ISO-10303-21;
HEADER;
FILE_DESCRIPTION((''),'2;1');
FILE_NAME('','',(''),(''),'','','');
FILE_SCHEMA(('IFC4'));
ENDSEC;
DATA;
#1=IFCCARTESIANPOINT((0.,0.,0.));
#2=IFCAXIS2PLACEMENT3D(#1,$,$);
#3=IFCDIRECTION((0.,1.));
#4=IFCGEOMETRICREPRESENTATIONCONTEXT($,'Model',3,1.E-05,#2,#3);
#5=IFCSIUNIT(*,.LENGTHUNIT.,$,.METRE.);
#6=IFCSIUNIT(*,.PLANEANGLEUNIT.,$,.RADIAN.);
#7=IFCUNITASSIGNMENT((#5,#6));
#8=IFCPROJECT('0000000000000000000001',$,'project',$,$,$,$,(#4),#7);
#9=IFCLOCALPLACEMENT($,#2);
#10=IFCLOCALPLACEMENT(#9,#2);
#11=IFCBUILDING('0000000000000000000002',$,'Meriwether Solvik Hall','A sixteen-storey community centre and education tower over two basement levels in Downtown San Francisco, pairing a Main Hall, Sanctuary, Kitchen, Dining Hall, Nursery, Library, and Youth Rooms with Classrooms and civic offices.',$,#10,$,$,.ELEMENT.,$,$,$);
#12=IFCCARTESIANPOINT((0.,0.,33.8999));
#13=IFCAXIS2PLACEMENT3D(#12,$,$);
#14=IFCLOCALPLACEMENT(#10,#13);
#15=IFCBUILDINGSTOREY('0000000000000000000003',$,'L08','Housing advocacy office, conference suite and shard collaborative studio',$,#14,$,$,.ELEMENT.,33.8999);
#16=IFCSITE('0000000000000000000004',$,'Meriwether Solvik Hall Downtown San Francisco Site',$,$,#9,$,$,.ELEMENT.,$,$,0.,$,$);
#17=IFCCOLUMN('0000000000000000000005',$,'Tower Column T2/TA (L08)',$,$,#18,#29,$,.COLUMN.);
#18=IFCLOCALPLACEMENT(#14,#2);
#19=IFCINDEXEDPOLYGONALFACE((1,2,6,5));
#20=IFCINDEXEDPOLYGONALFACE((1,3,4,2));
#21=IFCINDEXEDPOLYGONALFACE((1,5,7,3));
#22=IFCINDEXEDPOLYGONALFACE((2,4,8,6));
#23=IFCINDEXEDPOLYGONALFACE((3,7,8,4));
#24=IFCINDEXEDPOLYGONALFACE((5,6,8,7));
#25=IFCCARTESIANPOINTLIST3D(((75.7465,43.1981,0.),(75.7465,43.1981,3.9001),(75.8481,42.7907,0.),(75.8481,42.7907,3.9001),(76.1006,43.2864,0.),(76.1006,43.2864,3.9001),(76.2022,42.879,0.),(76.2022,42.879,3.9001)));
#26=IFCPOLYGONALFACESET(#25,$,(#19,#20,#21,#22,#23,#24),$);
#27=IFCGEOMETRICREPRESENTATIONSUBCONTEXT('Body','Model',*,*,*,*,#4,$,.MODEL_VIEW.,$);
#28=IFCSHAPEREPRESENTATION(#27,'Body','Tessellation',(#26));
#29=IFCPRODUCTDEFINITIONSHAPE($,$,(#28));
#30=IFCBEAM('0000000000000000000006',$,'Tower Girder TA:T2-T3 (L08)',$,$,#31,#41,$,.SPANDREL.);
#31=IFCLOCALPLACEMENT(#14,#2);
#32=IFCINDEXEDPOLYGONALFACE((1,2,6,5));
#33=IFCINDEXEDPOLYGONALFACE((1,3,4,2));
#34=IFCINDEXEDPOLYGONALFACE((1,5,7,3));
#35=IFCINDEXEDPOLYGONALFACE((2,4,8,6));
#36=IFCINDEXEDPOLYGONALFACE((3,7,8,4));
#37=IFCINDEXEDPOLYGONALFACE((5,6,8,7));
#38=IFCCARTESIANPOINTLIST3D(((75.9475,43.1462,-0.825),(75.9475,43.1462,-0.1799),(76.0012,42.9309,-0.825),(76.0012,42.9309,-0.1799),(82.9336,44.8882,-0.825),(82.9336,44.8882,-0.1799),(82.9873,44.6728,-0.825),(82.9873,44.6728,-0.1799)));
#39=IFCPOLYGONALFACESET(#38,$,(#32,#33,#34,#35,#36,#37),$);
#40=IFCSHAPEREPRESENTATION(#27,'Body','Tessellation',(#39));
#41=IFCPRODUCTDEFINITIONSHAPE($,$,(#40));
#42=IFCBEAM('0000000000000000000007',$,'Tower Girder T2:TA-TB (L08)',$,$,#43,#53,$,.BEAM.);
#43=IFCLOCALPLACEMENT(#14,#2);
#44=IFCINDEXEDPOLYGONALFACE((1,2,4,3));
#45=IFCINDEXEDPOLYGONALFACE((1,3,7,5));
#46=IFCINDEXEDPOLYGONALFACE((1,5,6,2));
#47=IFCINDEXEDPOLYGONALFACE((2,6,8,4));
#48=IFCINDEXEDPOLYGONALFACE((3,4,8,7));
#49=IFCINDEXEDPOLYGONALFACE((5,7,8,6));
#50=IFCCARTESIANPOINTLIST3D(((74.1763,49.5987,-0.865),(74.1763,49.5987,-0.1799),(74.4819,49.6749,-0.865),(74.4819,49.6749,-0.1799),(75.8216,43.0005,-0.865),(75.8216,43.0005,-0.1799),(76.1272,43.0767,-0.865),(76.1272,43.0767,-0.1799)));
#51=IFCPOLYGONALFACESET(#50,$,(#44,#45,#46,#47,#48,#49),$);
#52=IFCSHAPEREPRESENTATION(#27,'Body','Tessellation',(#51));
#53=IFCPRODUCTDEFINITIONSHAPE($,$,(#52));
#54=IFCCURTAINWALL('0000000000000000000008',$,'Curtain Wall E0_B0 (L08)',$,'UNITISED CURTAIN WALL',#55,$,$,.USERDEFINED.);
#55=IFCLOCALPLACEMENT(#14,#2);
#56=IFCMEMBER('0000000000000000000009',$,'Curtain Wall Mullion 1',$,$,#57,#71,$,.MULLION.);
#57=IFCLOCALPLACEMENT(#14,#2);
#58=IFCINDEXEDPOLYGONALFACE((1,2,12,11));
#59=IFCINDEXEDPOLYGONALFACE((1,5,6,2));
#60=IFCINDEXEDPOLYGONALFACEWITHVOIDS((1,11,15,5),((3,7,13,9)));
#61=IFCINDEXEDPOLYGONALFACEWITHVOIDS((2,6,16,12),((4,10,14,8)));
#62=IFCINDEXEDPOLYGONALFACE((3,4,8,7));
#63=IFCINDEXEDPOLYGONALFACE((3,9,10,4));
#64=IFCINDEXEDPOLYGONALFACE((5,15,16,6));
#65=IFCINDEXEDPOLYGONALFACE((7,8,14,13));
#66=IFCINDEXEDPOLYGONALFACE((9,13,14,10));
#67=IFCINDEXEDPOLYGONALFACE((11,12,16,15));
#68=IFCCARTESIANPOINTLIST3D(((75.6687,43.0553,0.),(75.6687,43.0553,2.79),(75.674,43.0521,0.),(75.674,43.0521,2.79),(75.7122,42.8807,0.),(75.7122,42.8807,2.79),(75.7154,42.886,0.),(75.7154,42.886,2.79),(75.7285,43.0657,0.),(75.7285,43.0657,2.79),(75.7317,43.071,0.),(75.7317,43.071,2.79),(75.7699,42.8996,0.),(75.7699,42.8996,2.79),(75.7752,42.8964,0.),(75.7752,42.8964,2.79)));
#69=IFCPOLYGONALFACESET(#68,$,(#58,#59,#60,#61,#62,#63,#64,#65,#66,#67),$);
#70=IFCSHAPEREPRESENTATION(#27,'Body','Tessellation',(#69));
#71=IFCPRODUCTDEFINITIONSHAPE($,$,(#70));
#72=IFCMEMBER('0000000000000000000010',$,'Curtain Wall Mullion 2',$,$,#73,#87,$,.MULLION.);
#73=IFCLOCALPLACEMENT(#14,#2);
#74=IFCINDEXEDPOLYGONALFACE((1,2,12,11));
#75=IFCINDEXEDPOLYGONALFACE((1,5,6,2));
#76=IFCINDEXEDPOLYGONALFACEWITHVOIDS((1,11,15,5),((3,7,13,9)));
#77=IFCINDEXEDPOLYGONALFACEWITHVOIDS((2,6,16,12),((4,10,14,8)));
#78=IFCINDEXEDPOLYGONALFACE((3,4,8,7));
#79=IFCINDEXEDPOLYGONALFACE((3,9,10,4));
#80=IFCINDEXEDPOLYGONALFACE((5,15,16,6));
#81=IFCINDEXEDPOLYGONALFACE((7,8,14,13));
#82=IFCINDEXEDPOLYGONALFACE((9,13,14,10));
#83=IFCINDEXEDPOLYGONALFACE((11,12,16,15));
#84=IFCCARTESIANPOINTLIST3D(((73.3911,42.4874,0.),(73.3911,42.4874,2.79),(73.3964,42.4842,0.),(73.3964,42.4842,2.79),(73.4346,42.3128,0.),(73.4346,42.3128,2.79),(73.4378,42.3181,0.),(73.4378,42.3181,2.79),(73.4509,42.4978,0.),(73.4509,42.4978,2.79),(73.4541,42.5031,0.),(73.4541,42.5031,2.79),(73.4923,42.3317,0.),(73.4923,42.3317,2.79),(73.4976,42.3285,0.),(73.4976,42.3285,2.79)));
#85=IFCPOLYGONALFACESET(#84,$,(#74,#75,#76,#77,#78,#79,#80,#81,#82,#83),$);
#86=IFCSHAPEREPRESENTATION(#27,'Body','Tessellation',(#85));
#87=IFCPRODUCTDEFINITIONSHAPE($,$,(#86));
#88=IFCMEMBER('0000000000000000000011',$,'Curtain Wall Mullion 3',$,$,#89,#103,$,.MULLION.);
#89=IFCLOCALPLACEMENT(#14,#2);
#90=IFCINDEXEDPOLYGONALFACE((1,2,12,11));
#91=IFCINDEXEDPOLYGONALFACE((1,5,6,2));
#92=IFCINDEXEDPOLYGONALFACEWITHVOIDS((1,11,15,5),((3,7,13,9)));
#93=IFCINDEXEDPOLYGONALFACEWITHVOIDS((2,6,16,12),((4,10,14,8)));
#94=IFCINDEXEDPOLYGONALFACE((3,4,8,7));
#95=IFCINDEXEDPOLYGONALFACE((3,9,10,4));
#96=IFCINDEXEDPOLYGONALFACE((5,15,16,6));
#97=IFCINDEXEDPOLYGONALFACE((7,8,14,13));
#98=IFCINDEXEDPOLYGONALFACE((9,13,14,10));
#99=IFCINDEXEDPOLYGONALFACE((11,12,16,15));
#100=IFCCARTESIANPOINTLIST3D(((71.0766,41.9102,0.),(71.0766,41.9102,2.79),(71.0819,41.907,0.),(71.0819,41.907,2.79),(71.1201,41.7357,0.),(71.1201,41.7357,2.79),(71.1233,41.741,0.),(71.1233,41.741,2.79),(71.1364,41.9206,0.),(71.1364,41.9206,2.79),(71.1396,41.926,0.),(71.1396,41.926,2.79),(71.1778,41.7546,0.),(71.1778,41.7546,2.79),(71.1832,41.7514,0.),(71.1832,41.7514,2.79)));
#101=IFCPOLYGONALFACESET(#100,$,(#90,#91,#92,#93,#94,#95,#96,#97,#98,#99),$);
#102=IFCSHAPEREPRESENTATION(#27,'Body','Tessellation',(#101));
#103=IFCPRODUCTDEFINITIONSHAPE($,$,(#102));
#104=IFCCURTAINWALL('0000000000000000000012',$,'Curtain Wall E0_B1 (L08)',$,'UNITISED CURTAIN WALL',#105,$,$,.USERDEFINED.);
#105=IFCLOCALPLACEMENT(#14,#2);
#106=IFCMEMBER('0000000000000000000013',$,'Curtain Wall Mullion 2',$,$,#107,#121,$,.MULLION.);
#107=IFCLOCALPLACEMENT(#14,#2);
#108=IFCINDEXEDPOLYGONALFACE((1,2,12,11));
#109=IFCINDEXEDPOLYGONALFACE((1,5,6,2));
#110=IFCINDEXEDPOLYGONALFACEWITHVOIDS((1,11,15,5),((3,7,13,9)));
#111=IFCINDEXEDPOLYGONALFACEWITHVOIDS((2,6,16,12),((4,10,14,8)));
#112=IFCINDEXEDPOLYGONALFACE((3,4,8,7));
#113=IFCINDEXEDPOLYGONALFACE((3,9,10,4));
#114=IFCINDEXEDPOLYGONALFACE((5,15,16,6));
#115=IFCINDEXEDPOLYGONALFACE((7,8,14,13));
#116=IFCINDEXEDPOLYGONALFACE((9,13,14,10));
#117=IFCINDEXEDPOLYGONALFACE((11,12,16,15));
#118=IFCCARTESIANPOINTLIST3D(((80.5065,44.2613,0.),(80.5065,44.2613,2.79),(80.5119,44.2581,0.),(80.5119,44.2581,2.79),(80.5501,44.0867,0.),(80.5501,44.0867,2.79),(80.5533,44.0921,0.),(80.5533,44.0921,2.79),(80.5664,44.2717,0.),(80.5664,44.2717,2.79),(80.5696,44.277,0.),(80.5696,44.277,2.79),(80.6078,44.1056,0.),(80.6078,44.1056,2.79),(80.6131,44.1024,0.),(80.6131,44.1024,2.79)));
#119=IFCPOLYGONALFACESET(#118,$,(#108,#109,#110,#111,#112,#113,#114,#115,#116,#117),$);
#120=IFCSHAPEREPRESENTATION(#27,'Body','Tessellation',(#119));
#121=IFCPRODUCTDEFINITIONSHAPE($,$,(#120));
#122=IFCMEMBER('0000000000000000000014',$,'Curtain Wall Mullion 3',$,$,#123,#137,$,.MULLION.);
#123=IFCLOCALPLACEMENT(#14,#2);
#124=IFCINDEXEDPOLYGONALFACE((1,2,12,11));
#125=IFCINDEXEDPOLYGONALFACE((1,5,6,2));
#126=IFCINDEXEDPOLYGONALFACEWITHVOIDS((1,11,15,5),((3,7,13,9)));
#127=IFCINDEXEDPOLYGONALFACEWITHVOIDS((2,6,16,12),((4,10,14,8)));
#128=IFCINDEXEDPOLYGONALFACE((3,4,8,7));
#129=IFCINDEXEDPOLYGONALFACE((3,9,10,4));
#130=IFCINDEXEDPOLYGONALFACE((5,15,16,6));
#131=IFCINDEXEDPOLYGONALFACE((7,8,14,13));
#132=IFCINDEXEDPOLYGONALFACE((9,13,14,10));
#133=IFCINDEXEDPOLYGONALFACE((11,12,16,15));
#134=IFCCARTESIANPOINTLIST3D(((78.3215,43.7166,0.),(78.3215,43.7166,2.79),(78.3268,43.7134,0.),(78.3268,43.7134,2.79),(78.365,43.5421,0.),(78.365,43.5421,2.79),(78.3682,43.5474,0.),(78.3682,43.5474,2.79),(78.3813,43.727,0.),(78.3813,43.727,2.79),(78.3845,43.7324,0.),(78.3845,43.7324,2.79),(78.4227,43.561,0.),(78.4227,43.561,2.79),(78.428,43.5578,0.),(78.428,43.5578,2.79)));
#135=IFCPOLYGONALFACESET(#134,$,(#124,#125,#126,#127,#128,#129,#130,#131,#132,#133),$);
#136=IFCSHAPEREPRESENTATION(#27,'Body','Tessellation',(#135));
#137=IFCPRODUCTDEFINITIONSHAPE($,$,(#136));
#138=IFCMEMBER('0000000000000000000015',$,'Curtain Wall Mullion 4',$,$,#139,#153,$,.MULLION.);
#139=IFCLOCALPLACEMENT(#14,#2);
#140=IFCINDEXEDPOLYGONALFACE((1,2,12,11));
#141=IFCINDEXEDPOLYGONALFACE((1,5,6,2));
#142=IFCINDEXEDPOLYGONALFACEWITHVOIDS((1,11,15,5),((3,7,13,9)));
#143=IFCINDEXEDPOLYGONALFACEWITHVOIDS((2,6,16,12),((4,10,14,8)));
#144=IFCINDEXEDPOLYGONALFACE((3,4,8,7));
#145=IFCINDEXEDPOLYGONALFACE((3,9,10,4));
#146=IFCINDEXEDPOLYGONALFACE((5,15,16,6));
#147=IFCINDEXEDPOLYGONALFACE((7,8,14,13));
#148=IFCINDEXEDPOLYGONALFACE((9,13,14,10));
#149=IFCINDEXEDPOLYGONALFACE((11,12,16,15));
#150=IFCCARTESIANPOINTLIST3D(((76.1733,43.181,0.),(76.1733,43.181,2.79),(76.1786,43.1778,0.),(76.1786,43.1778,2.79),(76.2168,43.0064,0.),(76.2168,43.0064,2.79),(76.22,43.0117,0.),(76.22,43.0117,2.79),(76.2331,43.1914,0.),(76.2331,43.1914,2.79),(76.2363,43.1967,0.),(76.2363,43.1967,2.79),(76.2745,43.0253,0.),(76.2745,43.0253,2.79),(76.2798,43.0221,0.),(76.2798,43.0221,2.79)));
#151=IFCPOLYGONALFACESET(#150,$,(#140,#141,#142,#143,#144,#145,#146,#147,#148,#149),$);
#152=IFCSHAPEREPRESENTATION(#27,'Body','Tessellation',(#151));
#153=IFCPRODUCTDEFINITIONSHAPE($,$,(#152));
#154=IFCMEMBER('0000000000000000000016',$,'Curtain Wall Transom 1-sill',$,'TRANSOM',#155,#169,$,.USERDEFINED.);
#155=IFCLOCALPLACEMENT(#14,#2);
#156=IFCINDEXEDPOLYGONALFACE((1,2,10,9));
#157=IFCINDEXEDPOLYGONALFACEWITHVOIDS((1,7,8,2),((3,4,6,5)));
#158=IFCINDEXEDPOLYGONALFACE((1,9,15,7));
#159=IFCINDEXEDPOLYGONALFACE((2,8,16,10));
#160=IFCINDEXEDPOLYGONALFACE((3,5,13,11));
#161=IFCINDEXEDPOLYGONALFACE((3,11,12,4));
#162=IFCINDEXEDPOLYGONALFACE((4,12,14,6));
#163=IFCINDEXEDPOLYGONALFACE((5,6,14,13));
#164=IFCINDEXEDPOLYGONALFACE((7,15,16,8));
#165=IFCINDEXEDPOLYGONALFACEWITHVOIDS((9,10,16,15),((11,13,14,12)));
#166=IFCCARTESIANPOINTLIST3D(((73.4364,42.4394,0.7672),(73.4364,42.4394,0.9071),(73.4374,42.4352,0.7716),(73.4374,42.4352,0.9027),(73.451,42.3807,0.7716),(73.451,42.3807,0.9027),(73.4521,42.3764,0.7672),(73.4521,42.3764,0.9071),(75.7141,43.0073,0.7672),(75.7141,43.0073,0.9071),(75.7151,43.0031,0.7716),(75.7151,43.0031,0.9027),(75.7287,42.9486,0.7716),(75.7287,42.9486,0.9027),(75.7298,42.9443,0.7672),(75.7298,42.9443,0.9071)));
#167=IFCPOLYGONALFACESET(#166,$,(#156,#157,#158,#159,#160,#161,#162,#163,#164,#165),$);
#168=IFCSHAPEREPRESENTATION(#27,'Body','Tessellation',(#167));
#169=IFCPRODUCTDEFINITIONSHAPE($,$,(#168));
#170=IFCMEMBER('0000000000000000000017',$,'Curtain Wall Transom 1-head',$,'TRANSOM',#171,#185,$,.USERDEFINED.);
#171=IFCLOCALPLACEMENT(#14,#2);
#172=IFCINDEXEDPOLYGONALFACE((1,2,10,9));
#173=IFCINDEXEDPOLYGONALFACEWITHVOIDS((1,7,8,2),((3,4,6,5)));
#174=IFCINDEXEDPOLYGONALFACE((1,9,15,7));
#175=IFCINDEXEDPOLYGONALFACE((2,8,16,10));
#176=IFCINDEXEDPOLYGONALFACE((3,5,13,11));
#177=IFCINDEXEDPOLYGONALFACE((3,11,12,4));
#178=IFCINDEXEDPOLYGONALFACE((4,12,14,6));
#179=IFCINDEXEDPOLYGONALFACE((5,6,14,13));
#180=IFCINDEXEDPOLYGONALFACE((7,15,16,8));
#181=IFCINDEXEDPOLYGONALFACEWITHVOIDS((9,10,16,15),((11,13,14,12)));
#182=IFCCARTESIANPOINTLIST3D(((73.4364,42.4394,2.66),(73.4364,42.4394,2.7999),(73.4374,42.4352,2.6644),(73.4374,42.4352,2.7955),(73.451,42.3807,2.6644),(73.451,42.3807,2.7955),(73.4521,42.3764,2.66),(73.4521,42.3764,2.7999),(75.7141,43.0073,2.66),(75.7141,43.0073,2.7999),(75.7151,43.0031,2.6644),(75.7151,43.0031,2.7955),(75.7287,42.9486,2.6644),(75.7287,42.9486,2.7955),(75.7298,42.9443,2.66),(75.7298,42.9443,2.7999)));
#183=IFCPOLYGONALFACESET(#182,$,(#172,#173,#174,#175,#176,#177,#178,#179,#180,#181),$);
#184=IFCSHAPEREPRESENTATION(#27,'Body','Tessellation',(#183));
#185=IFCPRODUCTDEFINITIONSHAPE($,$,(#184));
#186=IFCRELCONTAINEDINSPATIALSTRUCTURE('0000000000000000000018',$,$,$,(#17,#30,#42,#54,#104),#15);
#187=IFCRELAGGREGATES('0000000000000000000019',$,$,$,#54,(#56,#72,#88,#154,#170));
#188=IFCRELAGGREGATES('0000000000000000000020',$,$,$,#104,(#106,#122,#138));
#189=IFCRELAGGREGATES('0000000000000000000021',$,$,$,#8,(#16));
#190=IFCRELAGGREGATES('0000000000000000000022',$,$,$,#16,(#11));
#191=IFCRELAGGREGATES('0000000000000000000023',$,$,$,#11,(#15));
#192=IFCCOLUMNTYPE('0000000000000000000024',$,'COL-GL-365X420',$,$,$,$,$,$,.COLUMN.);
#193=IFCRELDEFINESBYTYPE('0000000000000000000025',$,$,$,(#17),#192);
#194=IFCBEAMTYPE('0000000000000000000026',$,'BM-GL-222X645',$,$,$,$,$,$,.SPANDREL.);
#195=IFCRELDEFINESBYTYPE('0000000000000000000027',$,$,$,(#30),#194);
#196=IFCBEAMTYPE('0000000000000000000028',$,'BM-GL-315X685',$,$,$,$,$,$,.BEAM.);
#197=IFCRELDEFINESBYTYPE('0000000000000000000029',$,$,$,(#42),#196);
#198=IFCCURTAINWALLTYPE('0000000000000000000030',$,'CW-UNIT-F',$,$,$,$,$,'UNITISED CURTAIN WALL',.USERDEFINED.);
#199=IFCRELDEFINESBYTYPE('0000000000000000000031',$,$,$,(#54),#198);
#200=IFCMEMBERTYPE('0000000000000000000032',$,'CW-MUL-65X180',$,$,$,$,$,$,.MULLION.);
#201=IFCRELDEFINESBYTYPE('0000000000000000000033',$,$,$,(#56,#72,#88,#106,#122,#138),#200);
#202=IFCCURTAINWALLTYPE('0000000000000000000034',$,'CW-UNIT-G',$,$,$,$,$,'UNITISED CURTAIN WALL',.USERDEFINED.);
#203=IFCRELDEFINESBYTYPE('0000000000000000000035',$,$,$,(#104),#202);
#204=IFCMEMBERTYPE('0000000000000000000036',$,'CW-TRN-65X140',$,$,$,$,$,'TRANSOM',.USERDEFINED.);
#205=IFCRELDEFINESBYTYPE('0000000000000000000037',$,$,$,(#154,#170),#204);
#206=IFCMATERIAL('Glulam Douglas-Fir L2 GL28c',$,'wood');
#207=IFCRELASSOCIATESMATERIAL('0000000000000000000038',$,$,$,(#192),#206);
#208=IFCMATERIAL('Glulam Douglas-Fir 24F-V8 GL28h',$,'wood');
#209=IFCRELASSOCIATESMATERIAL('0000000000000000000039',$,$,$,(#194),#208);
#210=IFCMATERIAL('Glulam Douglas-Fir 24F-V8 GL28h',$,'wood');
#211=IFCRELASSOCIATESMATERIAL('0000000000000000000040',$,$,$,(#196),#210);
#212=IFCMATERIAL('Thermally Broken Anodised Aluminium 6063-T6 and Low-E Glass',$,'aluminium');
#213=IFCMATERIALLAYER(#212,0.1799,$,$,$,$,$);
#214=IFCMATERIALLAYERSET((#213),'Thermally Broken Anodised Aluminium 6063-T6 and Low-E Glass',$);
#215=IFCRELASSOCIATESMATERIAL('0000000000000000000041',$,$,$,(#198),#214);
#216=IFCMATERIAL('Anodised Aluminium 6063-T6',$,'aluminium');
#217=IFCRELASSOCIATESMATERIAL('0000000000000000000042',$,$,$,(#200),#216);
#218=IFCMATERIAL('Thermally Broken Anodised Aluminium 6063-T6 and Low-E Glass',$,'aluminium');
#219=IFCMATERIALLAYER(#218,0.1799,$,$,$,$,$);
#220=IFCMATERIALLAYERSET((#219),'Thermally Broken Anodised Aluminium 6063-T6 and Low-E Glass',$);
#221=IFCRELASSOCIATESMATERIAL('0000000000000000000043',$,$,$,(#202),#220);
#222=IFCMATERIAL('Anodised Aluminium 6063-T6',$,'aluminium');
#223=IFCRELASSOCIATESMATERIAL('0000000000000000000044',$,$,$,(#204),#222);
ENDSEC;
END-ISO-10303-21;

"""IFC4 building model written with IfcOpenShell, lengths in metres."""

from ifc_helpers import new_model, si_unit, direction, frame, origin, origin_2d, place, context, subcontext, project, spatial, rectangle, hollow_rectangle, extrude, material, layer, layer_set, material_profile, profile_set, type_object, element, aggregate, save


model = new_model("IFC4")

# Units and contexts
model_context = context("Model", 3, precision=1e-05, world=origin(), true_north=direction((0.0, 1.0)))
body_context = subcontext(model_context, "Body", "Model", "MODEL_VIEW")
ifc_project = project(units=[si_unit("LENGTHUNIT", "METRE"), si_unit("PLANEANGLEUNIT", "RADIAN")], contexts=[model_context])

# Site, building, storey
site_placement = place(None, origin())
site = spatial("IfcSite", under=ifc_project, at=site_placement, Name="Meriwether Solvik Hall Downtown San Francisco Site", CompositionType="ELEMENT", RefElevation=0.0)
building_placement = place(site_placement, origin())
building = spatial("IfcBuilding", under=site, at=building_placement, Name="Meriwether Solvik Hall", Description="A sixteen-storey community centre and education tower over two basement levels in Downtown San Francisco, pairing a Main Hall, Sanctuary, Kitchen, Dining Hall, Nursery, Library, and Youth Rooms with Classrooms and civic offices.", CompositionType="ELEMENT")
storey_placement = place(building_placement, frame((0.0, 0.0, 33.8999)))
storey = spatial("IfcBuildingStorey", under=building, at=storey_placement, Name="L08", Description="Housing advocacy office, conference suite and shard collaborative studio", CompositionType="ELEMENT", Elevation=33.8999)

# Column
ifc_material_1 = material(Name="Glulam Douglas-Fir L2 GL28c", Category="wood")
ifc_material_profile_1 = material_profile(ifc_material_1, rectangle(XDim=0.365, YDim=0.4199, at=origin_2d()), Name="GLC-365X420")
ifc_profile_set_1 = profile_set([ifc_material_profile_1], Name="Glulam Douglas-Fir L2 GL28c")
column_type = type_object("IfcColumnType", Name="COL-GL-365X420", PredefinedType="COLUMN", material=ifc_profile_set_1)
column_placement = place(storey_placement, frame((75.9744, 43.0386, 0.0), z_axis=(0.0, 0.0, 1.0), x_axis=(0.970296, 0.241922, 0.0)))
element("IfcColumn", 1, at=column_placement, inside=storey, type_object=column_type, Name="Tower Column T2/TA (L08)", PredefinedType="COLUMN", context=body_context, shape_type="SweptSolid", body=[
    extrude(rectangle(XDim=0.365, YDim=0.4199, at=origin_2d()), origin(), (0.0, 0.0, 1.0), 3.9001),
])

# Beams
ifc_material_2 = material(Name="Glulam Douglas-Fir 24F-V8 GL28h", Category="wood")
ifc_material_profile_2 = material_profile(ifc_material_2, rectangle(XDim=0.2219, YDim=0.645, at=origin_2d()), Name="GLB-222X645")
ifc_profile_set_2 = profile_set([ifc_material_profile_2], Name="Glulam Douglas-Fir 24F-V8 GL28h")
beam_type_1 = type_object("IfcBeamType", Name="BM-GL-222X645", PredefinedType="SPANDREL", material=ifc_profile_set_2)
beam_1_placement = place(storey_placement, frame((75.9744, 43.0386, -0.5024), z_axis=(0.970292, 0.241937, 0.0), x_axis=(-0.241937, 0.970292, 0.0)))
element("IfcBeam", 2, at=beam_1_placement, inside=storey, type_object=beam_type_1, Name="Tower Girder TA:T2-T3 (L08)", PredefinedType="SPANDREL", context=body_context, shape_type="SweptSolid", body=[
    extrude(rectangle(XDim=0.2219, YDim=0.645, at=origin_2d()), origin(), (0.0, 0.0, 1.0), 7.2),
])
ifc_material_3 = material(Name="Glulam Douglas-Fir 24F-V8 GL28h", Category="wood")
ifc_material_profile_3 = material_profile(ifc_material_3, rectangle(XDim=0.3149, YDim=0.6851, at=origin_2d()), Name="GLB-315X685")
ifc_profile_set_3 = profile_set([ifc_material_profile_3], Name="Glulam Douglas-Fir 24F-V8 GL28h")
beam_type_2 = type_object("IfcBeamType", Name="BM-GL-315X685", PredefinedType="BEAM", material=ifc_profile_set_3)
beam_2_placement = place(storey_placement, frame((75.9744, 43.0386, -0.5225), z_axis=(-0.241944, 0.97029, 0.0), x_axis=(-0.97029, -0.241944, 0.0)))
element("IfcBeam", 3, at=beam_2_placement, inside=storey, type_object=beam_type_2, Name="Tower Girder T2:TA-TB (L08)", PredefinedType="BEAM", context=body_context, shape_type="SweptSolid", body=[
    extrude(rectangle(XDim=0.3149, YDim=0.6851, at=origin_2d()), origin(), (0.0, 0.0, 1.0), 6.8003),
])

# Curtain walls, members
ifc_material_4 = material(Name="Thermally Broken Anodised Aluminium 6063-T6 and Low-E Glass", Category="aluminium")
ifc_layer_1 = layer(ifc_material_4, 0.1799)
ifc_layer_set_1 = layer_set([ifc_layer_1], Name="Thermally Broken Anodised Aluminium 6063-T6 and Low-E Glass")
curtain_wall_type_1 = type_object("IfcCurtainWallType", Name="CW-UNIT-F", ElementType="UNITISED CURTAIN WALL", PredefinedType="USERDEFINED", material=ifc_layer_set_1)
curtain_wall_1_placement = place(storey_placement, origin())
curtain_wall_1 = element("IfcCurtainWall", 4, at=curtain_wall_1_placement, inside=storey, type_object=curtain_wall_type_1, Name="Curtain Wall E0_B0 (L08)", ObjectType="UNITISED CURTAIN WALL", PredefinedType="USERDEFINED")
ifc_material_5 = material(Name="Anodised Aluminium 6063-T6", Category="aluminium")
ifc_material_profile_4 = material_profile(ifc_material_5, hollow_rectangle(XDim=0.0649, YDim=0.1799, WallThickness=0.0044, at=origin_2d()), Name="CWM-65X180")
ifc_profile_set_4 = profile_set([ifc_material_profile_4], Name="Anodised Aluminium 6063-T6")
member_type_1 = type_object("IfcMemberType", Name="CW-MUL-65X180", PredefinedType="MULLION", material=ifc_profile_set_4)
member_1_placement = place(storey_placement, frame((75.7219, 42.9758, 0.0), z_axis=(0.0, 0.0, 1.0), x_axis=(-0.970296, -0.241922, 0.0)))
member_1 = element("IfcMember", 5, at=member_1_placement, type_object=member_type_1, Name="Curtain Wall Mullion 1", PredefinedType="MULLION", context=body_context, shape_type="SweptSolid", body=[
    extrude(hollow_rectangle(XDim=0.0649, YDim=0.1799, WallThickness=0.0044, at=origin_2d()), origin(), (0.0, 0.0, 1.0), 2.79),
])
member_2_placement = place(storey_placement, frame((73.4443, 42.408, 0.0), z_axis=(0.0, 0.0, 1.0), x_axis=(-0.970296, -0.241922, 0.0)))
member_2 = element("IfcMember", 6, at=member_2_placement, type_object=member_type_1, Name="Curtain Wall Mullion 2", PredefinedType="MULLION", context=body_context, shape_type="SweptSolid", body=[
    extrude(hollow_rectangle(XDim=0.0649, YDim=0.1799, WallThickness=0.0044, at=origin_2d()), origin(), (0.0, 0.0, 1.0), 2.79),
])
member_3_placement = place(storey_placement, frame((71.1299, 41.8308, 0.0), z_axis=(0.0, 0.0, 1.0), x_axis=(-0.970296, -0.241922, 0.0)))
member_3 = element("IfcMember", 7, at=member_3_placement, type_object=member_type_1, Name="Curtain Wall Mullion 3", PredefinedType="MULLION", context=body_context, shape_type="SweptSolid", body=[
    extrude(hollow_rectangle(XDim=0.0649, YDim=0.1799, WallThickness=0.0044, at=origin_2d()), origin(), (0.0, 0.0, 1.0), 2.79),
])
ifc_material_6 = material(Name="Thermally Broken Anodised Aluminium 6063-T6 and Low-E Glass", Category="aluminium")
ifc_layer_2 = layer(ifc_material_6, 0.1799)
ifc_layer_set_2 = layer_set([ifc_layer_2], Name="Thermally Broken Anodised Aluminium 6063-T6 and Low-E Glass")
curtain_wall_type_2 = type_object("IfcCurtainWallType", Name="CW-UNIT-G", ElementType="UNITISED CURTAIN WALL", PredefinedType="USERDEFINED", material=ifc_layer_set_2)
curtain_wall_2_placement = place(storey_placement, origin())
curtain_wall_2 = element("IfcCurtainWall", 8, at=curtain_wall_2_placement, inside=storey, type_object=curtain_wall_type_2, Name="Curtain Wall E0_B1 (L08)", ObjectType="UNITISED CURTAIN WALL", PredefinedType="USERDEFINED")
member_4_placement = place(storey_placement, frame((80.5598, 44.1819, 0.0), z_axis=(0.0, 0.0, 1.0), x_axis=(-0.970296, -0.241922, 0.0)))
member_4 = element("IfcMember", 9, at=member_4_placement, type_object=member_type_1, Name="Curtain Wall Mullion 2", PredefinedType="MULLION", context=body_context, shape_type="SweptSolid", body=[
    extrude(hollow_rectangle(XDim=0.0649, YDim=0.1799, WallThickness=0.0044, at=origin_2d()), origin(), (0.0, 0.0, 1.0), 2.79),
])
member_5_placement = place(storey_placement, frame((78.3748, 43.6372, 0.0), z_axis=(0.0, 0.0, 1.0), x_axis=(-0.970296, -0.241922, 0.0)))
member_5 = element("IfcMember", 10, at=member_5_placement, type_object=member_type_1, Name="Curtain Wall Mullion 3", PredefinedType="MULLION", context=body_context, shape_type="SweptSolid", body=[
    extrude(hollow_rectangle(XDim=0.0649, YDim=0.1799, WallThickness=0.0044, at=origin_2d()), origin(), (0.0, 0.0, 1.0), 2.79),
])
member_6_placement = place(storey_placement, frame((76.2266, 43.1016, 0.0), z_axis=(0.0, 0.0, 1.0), x_axis=(-0.970296, -0.241922, 0.0)))
member_6 = element("IfcMember", 11, at=member_6_placement, type_object=member_type_1, Name="Curtain Wall Mullion 4", PredefinedType="MULLION", context=body_context, shape_type="SweptSolid", body=[
    extrude(hollow_rectangle(XDim=0.0649, YDim=0.1799, WallThickness=0.0044, at=origin_2d()), origin(), (0.0, 0.0, 1.0), 2.79),
])

# Members
ifc_material_7 = material(Name="Anodised Aluminium 6063-T6", Category="aluminium")
ifc_material_profile_5 = material_profile(ifc_material_7, hollow_rectangle(XDim=0.0649, YDim=0.1399, WallThickness=0.0044, at=origin_2d()), Name="CWT-65X140")
ifc_profile_set_5 = profile_set([ifc_material_profile_5], Name="Anodised Aluminium 6063-T6")
member_type_2 = type_object("IfcMemberType", Name="CW-TRN-65X140", ElementType="TRANSOM", PredefinedType="USERDEFINED", material=ifc_profile_set_5)
member_7_placement = place(storey_placement, frame((75.7219, 42.9758, 0.8372), z_axis=(-0.970295, -0.241924, 0.0), x_axis=(0.241924, -0.970295, 0.0)))
member_7 = element("IfcMember", 12, at=member_7_placement, type_object=member_type_2, Name="Curtain Wall Transom 1-sill", ObjectType="TRANSOM", PredefinedType="USERDEFINED", context=body_context, shape_type="SweptSolid", body=[
    extrude(hollow_rectangle(XDim=0.0649, YDim=0.1399, WallThickness=0.0044, at=origin_2d()), origin(), (0.0, 0.0, 1.0), 2.3474),
])
member_8_placement = place(storey_placement, frame((75.7219, 42.9758, 2.73), z_axis=(-0.970295, -0.241924, 0.0), x_axis=(0.241924, -0.970295, 0.0)))
member_8 = element("IfcMember", 13, at=member_8_placement, type_object=member_type_2, Name="Curtain Wall Transom 1-head", ObjectType="TRANSOM", PredefinedType="USERDEFINED", context=body_context, shape_type="SweptSolid", body=[
    extrude(hollow_rectangle(XDim=0.0649, YDim=0.1399, WallThickness=0.0044, at=origin_2d()), origin(), (0.0, 0.0, 1.0), 2.3474),
])

aggregate(curtain_wall_1, [member_1, member_2, member_3, member_7, member_8])
aggregate(curtain_wall_2, [member_4, member_5, member_6])

save(model, "model.ifc")
